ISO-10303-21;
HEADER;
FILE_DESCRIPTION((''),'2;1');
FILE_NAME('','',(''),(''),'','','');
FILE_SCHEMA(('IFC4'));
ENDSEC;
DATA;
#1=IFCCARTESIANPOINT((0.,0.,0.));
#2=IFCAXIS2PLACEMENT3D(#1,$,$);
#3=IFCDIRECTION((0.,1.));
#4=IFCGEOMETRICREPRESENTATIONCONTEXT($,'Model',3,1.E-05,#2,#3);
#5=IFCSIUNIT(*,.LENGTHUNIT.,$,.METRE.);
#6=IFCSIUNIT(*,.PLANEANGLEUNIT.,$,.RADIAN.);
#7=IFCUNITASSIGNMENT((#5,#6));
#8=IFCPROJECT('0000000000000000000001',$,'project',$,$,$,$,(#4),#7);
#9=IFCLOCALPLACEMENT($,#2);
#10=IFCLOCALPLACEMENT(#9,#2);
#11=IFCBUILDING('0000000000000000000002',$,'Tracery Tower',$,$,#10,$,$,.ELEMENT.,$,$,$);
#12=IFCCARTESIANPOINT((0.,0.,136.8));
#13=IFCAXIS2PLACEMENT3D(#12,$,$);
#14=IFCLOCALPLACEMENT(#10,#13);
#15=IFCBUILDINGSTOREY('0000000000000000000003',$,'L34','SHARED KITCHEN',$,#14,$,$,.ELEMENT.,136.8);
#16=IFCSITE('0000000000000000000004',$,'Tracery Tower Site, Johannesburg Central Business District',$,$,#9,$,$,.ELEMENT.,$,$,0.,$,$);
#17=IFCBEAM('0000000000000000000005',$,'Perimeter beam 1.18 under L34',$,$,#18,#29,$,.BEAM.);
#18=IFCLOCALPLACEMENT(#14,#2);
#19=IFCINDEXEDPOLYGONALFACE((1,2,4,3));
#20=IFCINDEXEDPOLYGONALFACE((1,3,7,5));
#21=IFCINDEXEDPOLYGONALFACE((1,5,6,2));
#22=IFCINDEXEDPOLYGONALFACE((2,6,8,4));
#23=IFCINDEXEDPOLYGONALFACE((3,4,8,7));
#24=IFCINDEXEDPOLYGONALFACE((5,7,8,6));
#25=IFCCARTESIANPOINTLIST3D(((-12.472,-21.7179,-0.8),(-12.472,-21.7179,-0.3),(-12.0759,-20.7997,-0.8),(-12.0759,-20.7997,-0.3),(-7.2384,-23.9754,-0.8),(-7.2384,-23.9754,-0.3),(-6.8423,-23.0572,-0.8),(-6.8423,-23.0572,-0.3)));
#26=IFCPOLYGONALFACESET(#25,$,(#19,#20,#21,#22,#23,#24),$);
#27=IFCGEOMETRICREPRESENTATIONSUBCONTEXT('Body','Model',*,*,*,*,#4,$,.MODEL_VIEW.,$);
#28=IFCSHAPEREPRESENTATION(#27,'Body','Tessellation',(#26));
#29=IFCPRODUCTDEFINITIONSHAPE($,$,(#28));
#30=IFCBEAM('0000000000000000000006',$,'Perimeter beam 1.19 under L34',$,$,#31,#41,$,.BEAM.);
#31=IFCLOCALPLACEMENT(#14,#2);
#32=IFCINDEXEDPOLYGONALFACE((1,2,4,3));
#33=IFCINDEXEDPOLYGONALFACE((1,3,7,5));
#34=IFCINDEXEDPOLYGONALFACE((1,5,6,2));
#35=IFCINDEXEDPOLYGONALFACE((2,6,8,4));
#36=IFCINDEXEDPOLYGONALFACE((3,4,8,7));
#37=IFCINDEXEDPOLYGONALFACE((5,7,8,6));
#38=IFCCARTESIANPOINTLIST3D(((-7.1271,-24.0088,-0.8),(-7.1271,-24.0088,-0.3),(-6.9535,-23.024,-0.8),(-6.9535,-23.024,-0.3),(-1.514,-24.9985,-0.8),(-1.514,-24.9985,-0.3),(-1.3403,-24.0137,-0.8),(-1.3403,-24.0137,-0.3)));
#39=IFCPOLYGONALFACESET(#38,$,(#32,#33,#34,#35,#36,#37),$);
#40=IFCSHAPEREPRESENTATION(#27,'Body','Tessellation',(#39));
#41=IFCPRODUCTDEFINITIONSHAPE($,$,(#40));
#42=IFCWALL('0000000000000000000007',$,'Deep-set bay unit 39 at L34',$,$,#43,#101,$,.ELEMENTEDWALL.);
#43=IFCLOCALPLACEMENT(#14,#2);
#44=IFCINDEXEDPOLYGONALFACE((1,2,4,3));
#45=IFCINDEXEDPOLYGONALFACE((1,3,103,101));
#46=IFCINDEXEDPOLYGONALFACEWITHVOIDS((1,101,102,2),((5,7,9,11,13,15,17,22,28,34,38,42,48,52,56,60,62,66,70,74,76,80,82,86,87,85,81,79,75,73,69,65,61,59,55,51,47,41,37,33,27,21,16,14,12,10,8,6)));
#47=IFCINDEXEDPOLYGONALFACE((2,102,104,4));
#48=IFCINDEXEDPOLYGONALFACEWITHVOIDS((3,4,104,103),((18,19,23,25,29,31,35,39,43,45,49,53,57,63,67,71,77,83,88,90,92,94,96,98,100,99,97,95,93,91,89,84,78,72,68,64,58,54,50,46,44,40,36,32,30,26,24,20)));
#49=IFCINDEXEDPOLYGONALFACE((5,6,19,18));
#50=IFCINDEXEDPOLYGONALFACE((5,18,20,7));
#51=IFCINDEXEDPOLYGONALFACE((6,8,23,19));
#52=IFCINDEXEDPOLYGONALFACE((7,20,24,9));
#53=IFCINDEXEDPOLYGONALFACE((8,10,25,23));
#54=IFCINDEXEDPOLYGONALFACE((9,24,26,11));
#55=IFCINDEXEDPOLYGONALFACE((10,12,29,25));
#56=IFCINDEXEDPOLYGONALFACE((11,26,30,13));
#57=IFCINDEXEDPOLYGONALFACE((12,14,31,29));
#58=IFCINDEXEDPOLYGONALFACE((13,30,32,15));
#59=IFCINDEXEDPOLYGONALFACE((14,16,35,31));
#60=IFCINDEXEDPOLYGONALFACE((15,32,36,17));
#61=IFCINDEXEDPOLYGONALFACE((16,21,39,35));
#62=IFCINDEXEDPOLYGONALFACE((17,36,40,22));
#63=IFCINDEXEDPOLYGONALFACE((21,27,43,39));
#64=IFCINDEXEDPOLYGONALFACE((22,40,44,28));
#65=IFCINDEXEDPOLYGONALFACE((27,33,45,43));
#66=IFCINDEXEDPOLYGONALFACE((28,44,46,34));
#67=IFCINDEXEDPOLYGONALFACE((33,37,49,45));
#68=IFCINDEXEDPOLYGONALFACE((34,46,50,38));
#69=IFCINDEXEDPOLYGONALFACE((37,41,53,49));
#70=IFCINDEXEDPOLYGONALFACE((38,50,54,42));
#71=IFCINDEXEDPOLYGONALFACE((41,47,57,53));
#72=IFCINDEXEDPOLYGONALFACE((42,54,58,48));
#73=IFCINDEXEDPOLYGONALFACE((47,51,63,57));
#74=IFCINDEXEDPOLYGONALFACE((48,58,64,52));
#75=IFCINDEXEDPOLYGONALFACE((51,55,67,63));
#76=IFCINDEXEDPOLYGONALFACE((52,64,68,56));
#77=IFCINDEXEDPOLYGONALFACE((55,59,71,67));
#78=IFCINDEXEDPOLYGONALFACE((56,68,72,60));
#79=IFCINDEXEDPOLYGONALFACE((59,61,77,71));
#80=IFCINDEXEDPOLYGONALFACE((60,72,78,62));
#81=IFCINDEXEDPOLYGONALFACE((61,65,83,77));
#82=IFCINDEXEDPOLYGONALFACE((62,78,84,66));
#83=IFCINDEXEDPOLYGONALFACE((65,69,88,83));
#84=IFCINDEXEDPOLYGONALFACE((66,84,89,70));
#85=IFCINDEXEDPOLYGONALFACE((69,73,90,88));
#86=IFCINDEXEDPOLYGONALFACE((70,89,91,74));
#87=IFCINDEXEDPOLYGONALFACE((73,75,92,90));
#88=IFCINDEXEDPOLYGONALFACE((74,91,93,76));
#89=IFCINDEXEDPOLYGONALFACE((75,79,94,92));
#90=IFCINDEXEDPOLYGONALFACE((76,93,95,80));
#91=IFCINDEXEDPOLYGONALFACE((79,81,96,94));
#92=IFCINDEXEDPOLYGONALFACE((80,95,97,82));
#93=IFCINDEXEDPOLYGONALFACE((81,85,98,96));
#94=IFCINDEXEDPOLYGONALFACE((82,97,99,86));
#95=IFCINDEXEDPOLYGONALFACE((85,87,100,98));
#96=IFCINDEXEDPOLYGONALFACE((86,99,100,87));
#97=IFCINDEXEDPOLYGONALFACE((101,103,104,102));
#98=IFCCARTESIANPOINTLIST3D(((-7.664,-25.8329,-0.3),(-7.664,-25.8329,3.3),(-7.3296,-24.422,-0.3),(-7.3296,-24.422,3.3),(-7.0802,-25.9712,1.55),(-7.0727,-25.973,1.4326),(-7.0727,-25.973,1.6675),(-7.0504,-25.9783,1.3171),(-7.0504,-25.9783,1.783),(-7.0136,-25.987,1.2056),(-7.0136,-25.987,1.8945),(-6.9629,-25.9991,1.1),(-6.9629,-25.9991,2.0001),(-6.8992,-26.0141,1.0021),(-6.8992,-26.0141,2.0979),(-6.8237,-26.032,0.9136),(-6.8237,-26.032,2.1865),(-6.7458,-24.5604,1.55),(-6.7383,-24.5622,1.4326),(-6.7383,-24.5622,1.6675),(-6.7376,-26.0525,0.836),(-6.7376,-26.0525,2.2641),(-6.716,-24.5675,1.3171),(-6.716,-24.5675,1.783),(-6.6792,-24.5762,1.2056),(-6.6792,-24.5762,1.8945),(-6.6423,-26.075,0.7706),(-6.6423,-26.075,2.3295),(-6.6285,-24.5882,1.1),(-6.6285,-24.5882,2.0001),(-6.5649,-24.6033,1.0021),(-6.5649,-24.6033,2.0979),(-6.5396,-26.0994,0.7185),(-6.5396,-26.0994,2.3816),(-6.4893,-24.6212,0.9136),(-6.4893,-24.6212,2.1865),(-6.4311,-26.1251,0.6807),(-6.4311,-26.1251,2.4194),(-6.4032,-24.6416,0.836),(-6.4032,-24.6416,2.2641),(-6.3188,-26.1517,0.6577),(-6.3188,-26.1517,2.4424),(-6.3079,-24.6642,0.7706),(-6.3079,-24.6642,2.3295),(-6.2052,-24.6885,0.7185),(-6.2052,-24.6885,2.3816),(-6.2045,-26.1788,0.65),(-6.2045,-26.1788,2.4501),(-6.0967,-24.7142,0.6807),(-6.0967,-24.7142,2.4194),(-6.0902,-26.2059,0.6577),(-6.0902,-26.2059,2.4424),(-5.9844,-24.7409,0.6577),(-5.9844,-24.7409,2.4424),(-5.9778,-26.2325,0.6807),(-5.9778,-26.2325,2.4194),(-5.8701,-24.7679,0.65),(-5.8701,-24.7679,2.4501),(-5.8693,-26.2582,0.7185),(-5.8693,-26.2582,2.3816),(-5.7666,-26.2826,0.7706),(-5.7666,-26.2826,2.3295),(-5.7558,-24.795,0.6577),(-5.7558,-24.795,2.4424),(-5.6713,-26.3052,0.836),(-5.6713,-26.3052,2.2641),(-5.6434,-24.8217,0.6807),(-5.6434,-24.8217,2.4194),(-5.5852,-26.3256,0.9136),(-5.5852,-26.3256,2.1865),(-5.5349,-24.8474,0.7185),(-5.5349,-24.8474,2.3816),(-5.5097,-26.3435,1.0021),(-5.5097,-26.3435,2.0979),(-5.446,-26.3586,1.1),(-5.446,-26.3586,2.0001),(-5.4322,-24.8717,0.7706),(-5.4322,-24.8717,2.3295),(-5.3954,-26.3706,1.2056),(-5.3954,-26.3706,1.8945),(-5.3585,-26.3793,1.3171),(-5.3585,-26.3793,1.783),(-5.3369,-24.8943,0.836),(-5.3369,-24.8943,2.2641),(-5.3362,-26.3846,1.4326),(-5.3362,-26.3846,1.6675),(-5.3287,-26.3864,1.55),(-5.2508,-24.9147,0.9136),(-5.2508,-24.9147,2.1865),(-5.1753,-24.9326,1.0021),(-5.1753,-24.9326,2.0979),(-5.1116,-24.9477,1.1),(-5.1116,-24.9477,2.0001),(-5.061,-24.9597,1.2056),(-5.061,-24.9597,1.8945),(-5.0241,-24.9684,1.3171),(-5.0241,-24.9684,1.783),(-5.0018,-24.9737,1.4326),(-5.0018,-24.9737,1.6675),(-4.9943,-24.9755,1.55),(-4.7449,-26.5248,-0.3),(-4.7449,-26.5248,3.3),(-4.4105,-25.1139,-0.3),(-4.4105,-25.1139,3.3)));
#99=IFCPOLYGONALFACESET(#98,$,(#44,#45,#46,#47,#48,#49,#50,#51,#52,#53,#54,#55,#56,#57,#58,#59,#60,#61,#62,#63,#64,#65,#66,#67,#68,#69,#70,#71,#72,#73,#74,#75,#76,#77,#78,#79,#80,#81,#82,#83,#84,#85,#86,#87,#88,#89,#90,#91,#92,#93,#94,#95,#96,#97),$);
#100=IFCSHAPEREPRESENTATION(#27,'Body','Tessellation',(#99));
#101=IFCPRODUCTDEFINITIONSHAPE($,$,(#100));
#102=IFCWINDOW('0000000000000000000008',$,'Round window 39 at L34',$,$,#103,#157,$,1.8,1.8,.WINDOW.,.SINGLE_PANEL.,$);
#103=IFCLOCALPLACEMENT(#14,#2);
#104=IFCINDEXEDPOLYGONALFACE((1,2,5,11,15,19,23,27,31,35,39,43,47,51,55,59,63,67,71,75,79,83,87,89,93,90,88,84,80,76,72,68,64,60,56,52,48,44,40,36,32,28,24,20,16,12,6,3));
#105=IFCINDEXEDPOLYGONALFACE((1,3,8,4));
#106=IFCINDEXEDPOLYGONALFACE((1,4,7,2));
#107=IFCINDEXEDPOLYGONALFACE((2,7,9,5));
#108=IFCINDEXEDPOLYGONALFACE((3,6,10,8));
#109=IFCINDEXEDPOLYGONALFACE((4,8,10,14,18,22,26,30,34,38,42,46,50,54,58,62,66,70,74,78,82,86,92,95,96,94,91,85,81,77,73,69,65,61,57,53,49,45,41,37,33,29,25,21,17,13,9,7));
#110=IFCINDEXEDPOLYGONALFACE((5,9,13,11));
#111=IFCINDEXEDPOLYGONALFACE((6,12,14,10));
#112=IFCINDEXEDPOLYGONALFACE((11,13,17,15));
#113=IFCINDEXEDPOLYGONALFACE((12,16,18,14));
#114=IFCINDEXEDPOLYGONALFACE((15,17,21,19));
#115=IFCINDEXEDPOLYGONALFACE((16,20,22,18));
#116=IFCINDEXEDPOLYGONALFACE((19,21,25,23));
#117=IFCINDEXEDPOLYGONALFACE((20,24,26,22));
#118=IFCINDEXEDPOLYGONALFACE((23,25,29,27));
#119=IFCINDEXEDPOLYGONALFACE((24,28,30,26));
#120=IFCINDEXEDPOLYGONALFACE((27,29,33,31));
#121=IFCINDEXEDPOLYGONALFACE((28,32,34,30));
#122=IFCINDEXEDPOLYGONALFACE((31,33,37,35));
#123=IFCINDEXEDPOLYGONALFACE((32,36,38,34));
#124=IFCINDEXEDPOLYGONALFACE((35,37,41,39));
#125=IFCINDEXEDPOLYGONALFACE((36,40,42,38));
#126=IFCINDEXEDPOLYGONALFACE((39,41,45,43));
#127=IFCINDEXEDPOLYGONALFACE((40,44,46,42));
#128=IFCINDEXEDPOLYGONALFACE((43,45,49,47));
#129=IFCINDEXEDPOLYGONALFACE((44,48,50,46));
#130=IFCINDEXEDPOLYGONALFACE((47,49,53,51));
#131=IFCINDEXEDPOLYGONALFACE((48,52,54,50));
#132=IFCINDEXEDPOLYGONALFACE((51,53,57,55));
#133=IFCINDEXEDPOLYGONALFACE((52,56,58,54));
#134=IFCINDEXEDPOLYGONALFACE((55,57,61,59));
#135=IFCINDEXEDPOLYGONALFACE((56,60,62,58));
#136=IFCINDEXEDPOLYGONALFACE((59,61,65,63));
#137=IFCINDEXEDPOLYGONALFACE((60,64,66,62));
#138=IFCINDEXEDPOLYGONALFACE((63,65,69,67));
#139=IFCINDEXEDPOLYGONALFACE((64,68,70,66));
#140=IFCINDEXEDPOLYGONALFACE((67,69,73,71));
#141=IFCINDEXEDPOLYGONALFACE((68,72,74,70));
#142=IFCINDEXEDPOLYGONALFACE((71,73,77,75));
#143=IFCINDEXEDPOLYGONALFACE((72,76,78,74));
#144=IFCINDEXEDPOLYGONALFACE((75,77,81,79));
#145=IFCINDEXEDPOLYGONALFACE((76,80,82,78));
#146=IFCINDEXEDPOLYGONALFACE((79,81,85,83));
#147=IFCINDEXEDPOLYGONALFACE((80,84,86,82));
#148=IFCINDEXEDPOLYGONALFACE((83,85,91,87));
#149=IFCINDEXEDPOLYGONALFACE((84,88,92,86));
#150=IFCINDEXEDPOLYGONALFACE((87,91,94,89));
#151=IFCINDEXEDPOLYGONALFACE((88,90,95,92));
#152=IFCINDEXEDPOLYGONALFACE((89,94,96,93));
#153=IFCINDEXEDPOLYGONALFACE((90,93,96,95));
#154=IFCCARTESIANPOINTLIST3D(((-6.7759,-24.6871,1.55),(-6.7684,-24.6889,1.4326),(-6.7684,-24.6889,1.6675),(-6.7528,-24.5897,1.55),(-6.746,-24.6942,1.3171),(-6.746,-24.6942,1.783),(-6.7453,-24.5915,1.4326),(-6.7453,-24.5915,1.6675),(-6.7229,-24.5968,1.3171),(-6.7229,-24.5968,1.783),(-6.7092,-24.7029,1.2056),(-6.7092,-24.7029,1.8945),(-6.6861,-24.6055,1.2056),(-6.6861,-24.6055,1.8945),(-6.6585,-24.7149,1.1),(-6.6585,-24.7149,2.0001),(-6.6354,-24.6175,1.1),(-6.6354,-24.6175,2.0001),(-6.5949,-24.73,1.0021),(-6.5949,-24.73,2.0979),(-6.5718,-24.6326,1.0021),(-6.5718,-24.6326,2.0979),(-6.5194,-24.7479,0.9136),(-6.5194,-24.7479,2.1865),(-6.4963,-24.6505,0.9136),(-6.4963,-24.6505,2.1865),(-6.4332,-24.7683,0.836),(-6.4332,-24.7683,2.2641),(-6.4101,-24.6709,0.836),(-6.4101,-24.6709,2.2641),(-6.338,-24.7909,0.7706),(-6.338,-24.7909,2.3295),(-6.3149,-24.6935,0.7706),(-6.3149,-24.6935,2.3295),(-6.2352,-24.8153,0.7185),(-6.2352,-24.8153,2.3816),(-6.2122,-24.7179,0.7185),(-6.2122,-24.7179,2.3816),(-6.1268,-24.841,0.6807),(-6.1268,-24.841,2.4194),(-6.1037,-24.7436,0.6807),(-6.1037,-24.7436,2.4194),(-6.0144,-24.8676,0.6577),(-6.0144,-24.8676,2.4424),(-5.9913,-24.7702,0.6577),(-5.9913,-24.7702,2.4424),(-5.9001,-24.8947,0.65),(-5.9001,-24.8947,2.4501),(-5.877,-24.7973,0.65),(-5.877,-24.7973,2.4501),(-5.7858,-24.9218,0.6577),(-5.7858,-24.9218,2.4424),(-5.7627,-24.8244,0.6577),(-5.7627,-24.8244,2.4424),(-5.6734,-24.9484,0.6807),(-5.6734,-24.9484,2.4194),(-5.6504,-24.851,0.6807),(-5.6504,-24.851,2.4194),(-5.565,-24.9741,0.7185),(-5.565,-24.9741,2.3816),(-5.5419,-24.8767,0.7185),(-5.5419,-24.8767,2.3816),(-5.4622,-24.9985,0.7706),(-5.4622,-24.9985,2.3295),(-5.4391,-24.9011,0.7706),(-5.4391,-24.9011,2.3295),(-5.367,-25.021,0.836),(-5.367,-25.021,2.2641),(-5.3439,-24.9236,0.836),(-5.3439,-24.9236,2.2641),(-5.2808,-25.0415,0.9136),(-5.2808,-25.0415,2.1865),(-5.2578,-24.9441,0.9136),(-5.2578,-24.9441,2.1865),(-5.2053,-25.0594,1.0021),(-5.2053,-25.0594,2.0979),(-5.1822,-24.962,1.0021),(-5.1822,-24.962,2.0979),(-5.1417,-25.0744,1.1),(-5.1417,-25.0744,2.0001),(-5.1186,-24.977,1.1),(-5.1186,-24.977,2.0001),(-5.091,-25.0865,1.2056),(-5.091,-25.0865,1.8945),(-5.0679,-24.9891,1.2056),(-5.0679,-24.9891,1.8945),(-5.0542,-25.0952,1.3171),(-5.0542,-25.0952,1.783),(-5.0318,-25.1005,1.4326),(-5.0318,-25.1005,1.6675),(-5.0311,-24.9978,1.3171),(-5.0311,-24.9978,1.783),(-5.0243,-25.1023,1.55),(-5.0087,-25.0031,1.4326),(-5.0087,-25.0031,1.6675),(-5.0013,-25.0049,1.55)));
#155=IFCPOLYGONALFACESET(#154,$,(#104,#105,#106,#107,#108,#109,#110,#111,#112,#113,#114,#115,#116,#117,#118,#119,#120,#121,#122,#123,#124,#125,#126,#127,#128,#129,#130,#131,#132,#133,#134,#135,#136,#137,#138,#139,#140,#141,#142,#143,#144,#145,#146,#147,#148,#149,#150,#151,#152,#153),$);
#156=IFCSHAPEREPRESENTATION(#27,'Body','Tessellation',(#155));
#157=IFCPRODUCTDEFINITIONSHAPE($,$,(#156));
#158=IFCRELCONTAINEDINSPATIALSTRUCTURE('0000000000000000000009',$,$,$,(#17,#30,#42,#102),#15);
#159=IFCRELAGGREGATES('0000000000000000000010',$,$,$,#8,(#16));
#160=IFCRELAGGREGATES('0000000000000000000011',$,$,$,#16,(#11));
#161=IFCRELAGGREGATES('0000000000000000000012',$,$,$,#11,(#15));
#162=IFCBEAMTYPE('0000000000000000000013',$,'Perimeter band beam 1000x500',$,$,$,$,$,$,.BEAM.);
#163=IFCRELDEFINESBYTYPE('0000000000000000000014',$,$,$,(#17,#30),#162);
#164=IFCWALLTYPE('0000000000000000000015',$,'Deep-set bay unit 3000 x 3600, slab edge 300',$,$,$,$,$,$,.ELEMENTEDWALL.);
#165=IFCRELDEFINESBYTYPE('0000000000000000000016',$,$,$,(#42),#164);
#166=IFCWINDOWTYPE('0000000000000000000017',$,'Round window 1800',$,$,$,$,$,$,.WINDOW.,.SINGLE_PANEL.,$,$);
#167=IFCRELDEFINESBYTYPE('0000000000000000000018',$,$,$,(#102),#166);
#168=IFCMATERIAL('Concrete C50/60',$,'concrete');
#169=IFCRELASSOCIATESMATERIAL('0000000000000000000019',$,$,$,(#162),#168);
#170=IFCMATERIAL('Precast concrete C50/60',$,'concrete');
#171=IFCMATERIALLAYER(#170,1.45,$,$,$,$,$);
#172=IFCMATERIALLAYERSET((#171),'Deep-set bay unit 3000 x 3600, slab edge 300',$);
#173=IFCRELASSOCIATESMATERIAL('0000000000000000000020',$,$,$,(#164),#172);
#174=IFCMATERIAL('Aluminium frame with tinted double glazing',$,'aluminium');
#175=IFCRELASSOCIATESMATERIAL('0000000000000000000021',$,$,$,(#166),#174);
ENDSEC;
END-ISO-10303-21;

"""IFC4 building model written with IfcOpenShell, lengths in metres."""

from ifc_helpers import new_model, si_unit, direction, frame, frame_2d, origin, origin_2d, place, context, subcontext, project, spatial, rectangle, circle, extrude, material, layer, layer_set, material_profile, profile_set, type_object, element, fill, save


model = new_model("IFC4")

# Units and contexts
model_context = context("Model", 3, precision=1e-05, world=origin(), true_north=direction((0.0, 1.0)))
body_context = subcontext(model_context, "Body", "Model", "MODEL_VIEW")
ifc_project = project(units=[si_unit("LENGTHUNIT", "METRE"), si_unit("PLANEANGLEUNIT", "RADIAN")], contexts=[model_context])

# Site, building, storey
site_placement = place(None, origin())
site = spatial("IfcSite", under=ifc_project, at=site_placement, Name="Tracery Tower Site, Johannesburg Central Business District", CompositionType="ELEMENT", RefElevation=0.0)
building_placement = place(site_placement, origin())
building = spatial("IfcBuilding", under=site, at=building_placement, Name="Tracery Tower", CompositionType="ELEMENT")
storey_placement = place(building_placement, frame((0.0, 0.0, 136.8)))
storey = spatial("IfcBuildingStorey", under=building, at=storey_placement, Name="L34", Description="SHARED KITCHEN", CompositionType="ELEMENT", Elevation=136.8)

# Beams
ifc_material_1 = material(Name="Concrete C50/60", Category="concrete")
ifc_material_profile_1 = material_profile(ifc_material_1, rectangle(XDim=1.0, YDim=0.5, at=origin_2d()), Name="RC 1000x500")
ifc_profile_set_1 = profile_set([ifc_material_profile_1], Name="Concrete C50/60")
beam_type = type_object("IfcBeamType", Name="Perimeter band beam 1000x500", PredefinedType="BEAM", material=ifc_profile_set_1)
for number, where, z_axis, x_axis, name in (
    (1, (-12.2739, -21.2588, -0.55), (0.918216, -0.396079, 0.0), (0.396079, 0.918216, 0.0), "Perimeter beam 1.18 under L34"),
    (2, (-7.0403, -23.5164, -0.55), (0.984807, -0.173651, 0.0), (0.173651, 0.984807, 0.0), "Perimeter beam 1.19 under L34"),
):
    element("IfcBeam", number, at=place(storey_placement, frame(where, z_axis=z_axis, x_axis=x_axis)), inside=storey, type_object=beam_type, Name=name, PredefinedType="BEAM", context=body_context, shape_type="SweptSolid", body=[
        extrude(rectangle(XDim=1.0, YDim=0.5, at=origin_2d()), origin(), (0.0, 0.0, 1.0), 5.6997),
    ])

# Wall, opening, window
ifc_material_2 = material(Name="Precast concrete C50/60", Category="concrete")
ifc_layer_1 = layer(ifc_material_2, 1.45)
ifc_layer_set_1 = layer_set([ifc_layer_1], Name="Deep-set bay unit 3000 x 3600, slab edge 300")
wall_type_1 = type_object("IfcWallType", Name="Deep-set bay unit 3000 x 3600, slab edge 300", PredefinedType="ELEMENTEDWALL", material=ifc_layer_set_1)
wall_1_placement = place(storey_placement, frame((-7.4968, -25.1274, -0.3), z_axis=(0.0, 0.0, 1.0), x_axis=(0.973042, -0.230627, 0.0)))
wall_1 = element("IfcWall", 3, at=wall_1_placement, inside=storey, type_object=wall_type_1, Name="Deep-set bay unit 39 at L34", PredefinedType="ELEMENTEDWALL", context=body_context, shape_type="SweptSolid", body=[
    extrude(rectangle(XDim=3.0, YDim=1.45, at=frame_2d((1.5, 0.0))), origin(), (0.0, 0.0, 1.0), 3.6001),
])
opening_1_placement = place(wall_1_placement, frame((1.5, 0.0, 1.8501)))
opening_1 = element("IfcOpeningElement", 4, at=opening_1_placement, cuts=wall_1, PredefinedType="OPENING", context=body_context, shape_type="SweptSolid", body=[
    extrude(circle(Radius=0.9, at=origin_2d()), frame((0.0, 0.7349, 0.0), z_axis=(0.0, -1.0, 0.0), x_axis=(1.0, 0.0, 0.0)), (0.0, 0.0, 1.0), 1.47),
])
ifc_material_3 = material(Name="Aluminium frame with tinted double glazing", Category="aluminium")
window_type = type_object("IfcWindowType", Name="Round window 1800", PartitioningType="SINGLE_PANEL", PredefinedType="WINDOW", material=ifc_material_3)
window_1_placement = place(opening_1_placement, origin())
window_1 = element("IfcWindow", 5, at=window_1_placement, inside=storey, type_object=window_type, Name="Round window 39 at L34", OverallHeight=1.8, OverallWidth=1.8, PartitioningType="SINGLE_PANEL", PredefinedType="WINDOW", context=body_context, shape_type="SweptSolid", body=[
    extrude(circle(Radius=0.9, at=origin_2d()), frame((0.0, 0.6948, 0.0), z_axis=(0.0, -1.0, 0.0), x_axis=(1.0, 0.0, 0.0)), (0.0, 0.0, 1.0), 0.1001),
])
fill(opening_1, window_1)

save(model, "model.ifc")
